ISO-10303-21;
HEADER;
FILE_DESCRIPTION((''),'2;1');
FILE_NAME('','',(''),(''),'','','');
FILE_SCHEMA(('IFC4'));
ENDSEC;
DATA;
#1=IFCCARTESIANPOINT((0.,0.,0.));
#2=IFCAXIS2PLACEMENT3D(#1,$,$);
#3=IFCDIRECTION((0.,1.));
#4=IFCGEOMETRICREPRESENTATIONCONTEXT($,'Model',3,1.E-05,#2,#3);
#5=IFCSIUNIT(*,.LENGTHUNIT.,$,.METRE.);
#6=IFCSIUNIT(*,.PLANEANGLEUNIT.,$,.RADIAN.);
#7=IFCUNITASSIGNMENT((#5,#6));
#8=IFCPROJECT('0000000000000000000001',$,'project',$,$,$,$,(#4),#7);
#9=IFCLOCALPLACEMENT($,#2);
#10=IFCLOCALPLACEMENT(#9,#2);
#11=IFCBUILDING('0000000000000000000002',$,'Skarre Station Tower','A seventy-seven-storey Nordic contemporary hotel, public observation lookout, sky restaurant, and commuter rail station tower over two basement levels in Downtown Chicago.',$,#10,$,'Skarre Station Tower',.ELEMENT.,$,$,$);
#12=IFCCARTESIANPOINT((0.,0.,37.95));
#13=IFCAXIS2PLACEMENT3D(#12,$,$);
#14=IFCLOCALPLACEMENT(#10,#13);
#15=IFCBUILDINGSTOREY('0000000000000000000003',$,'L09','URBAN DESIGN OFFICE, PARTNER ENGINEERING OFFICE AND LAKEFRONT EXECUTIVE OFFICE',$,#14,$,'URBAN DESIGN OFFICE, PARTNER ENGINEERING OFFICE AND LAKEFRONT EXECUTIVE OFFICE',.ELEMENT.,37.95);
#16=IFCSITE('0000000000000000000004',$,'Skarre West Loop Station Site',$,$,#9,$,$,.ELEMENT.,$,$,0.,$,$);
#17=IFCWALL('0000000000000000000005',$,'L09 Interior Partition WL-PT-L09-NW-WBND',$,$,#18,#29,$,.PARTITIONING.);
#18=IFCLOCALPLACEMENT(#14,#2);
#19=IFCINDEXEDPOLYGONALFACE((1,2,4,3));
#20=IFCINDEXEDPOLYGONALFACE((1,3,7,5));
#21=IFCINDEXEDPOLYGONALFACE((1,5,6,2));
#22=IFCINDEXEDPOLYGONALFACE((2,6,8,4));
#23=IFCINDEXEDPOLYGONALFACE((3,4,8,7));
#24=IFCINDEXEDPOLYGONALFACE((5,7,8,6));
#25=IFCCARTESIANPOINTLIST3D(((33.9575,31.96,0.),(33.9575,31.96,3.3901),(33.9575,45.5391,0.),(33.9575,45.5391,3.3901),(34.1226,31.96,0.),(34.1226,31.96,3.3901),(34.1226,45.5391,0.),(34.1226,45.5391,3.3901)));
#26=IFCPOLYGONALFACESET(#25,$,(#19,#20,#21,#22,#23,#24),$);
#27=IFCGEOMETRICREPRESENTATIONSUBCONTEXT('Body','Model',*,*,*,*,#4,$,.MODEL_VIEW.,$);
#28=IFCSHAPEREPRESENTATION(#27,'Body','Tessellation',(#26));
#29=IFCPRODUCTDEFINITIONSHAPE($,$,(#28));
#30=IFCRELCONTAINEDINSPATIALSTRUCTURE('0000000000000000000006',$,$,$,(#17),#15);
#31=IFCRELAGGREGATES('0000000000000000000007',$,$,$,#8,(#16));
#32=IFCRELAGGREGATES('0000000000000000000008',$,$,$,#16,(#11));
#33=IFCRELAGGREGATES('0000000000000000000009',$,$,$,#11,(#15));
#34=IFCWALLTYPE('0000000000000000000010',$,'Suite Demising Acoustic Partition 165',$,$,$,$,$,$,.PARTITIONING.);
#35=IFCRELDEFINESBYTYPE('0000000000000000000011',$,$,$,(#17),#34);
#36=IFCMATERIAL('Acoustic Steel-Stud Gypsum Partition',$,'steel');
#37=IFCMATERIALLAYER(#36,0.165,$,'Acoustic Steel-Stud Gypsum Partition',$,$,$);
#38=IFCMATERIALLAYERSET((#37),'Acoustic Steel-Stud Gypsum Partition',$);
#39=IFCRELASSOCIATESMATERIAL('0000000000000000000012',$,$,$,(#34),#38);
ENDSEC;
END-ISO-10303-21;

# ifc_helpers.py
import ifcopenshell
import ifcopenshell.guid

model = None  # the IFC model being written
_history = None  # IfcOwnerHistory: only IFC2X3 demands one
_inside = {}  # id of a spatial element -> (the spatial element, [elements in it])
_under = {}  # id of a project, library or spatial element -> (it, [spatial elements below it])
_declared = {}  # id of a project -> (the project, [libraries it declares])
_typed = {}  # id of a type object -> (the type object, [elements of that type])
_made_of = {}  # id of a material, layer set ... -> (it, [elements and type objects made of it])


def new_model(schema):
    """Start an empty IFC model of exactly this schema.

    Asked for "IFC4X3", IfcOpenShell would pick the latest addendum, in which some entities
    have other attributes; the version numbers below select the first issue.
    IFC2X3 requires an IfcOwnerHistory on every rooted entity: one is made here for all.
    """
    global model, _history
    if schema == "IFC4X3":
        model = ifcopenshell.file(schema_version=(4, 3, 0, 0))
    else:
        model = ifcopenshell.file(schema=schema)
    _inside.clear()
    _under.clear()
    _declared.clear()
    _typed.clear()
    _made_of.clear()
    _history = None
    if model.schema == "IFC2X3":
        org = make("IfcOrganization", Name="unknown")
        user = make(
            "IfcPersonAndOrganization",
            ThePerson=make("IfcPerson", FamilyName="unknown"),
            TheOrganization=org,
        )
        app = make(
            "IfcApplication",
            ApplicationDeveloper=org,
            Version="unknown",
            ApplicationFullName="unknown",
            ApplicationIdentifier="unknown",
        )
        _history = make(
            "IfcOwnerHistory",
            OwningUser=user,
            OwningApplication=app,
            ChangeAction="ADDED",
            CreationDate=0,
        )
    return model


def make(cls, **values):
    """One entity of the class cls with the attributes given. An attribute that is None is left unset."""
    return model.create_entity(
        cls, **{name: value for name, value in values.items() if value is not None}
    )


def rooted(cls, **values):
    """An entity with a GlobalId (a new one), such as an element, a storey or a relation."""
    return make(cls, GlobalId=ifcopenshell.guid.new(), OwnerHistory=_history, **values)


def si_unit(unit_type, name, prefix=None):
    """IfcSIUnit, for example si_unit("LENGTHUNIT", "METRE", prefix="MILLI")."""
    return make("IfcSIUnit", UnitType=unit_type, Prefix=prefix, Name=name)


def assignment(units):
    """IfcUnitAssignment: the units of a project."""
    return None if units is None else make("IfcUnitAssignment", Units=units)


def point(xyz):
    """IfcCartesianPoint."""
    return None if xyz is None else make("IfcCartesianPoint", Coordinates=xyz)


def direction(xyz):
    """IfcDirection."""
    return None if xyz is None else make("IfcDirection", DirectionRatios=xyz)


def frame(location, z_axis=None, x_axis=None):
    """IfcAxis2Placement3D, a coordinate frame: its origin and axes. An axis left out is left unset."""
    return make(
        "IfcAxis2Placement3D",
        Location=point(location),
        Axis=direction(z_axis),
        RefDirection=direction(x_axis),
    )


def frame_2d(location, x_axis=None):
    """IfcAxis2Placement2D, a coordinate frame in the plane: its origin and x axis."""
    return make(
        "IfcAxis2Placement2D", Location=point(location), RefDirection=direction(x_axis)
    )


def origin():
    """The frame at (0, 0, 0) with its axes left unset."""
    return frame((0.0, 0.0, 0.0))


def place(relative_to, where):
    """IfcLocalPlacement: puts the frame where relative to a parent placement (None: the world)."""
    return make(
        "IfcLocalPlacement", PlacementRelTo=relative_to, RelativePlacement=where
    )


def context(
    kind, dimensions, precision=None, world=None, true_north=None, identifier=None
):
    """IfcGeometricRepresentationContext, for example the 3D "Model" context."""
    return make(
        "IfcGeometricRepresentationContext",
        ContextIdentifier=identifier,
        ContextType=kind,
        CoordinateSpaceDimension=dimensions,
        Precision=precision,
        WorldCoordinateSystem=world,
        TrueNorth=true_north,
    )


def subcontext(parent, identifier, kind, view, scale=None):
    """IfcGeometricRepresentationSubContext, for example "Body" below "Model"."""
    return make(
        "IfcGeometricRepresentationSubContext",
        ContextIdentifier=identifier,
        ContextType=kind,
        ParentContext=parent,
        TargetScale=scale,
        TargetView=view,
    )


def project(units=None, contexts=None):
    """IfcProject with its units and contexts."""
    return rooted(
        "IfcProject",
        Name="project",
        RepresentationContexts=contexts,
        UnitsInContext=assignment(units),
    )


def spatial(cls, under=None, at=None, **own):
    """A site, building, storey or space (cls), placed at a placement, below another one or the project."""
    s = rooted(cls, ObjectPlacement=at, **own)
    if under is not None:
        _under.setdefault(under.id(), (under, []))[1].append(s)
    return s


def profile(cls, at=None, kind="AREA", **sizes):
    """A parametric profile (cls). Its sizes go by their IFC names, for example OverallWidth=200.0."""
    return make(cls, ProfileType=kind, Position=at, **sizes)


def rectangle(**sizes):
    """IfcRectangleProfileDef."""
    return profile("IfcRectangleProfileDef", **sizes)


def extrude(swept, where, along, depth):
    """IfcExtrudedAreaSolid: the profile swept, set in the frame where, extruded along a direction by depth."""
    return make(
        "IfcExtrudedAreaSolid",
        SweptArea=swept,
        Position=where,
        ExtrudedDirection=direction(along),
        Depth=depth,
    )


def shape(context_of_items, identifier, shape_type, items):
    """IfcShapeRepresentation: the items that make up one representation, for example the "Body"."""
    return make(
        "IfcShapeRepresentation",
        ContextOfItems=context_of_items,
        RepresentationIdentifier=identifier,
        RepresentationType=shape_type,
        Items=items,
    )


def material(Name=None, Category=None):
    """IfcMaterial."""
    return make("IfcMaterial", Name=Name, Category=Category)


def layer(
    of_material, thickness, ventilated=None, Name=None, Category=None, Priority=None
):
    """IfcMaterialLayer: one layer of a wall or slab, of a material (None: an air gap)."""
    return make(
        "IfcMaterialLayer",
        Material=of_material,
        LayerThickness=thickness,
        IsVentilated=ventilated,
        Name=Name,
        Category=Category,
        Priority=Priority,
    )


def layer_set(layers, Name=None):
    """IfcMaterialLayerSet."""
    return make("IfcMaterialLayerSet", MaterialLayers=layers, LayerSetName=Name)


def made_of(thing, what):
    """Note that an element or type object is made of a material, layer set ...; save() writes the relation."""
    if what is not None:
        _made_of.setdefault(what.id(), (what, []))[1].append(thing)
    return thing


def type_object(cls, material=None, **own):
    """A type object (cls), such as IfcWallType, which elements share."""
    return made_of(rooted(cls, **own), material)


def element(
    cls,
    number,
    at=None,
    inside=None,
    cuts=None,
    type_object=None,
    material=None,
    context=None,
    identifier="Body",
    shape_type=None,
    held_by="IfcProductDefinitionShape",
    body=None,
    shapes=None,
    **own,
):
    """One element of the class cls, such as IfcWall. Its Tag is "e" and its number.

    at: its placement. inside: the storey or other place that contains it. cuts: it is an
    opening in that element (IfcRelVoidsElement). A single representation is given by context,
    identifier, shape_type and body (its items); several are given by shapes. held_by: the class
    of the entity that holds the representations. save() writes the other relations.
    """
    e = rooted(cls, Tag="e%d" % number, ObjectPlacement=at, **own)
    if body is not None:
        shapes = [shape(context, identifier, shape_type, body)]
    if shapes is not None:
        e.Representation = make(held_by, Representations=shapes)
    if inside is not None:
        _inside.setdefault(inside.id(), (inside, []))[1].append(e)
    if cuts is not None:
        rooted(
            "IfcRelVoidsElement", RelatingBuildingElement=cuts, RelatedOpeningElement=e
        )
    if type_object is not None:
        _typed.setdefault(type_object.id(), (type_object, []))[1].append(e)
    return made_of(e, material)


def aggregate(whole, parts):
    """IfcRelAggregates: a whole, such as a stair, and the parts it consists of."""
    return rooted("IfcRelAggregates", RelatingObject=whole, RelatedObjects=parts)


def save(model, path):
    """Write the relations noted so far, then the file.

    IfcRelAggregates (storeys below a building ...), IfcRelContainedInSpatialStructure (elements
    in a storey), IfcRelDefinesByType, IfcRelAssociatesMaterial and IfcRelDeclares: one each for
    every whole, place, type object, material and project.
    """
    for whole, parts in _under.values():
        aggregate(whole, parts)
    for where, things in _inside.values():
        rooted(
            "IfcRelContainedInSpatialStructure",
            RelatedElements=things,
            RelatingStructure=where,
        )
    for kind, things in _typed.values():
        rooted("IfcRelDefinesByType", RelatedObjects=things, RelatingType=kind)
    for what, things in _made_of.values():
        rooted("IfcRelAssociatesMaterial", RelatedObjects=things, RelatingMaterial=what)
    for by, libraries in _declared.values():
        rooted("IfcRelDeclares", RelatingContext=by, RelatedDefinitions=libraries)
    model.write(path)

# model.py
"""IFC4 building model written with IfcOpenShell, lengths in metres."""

from ifc_helpers import new_model, si_unit, direction, frame, frame_2d, origin, place, context, subcontext, project, spatial, rectangle, extrude, material, layer, layer_set, type_object, element, save


model = new_model("IFC4")

# Units and contexts
model_context = context("Model", 3, precision=1e-05, world=origin(), true_north=direction((0.0, 1.0)))
body_context = subcontext(model_context, "Body", "Model", "MODEL_VIEW")
ifc_project = project(units=[si_unit("LENGTHUNIT", "METRE"), si_unit("PLANEANGLEUNIT", "RADIAN")], contexts=[model_context])

# Site, building, storey
site_placement = place(None, origin())
site = spatial("IfcSite", under=ifc_project, at=site_placement, Name="Skarre West Loop Station Site", CompositionType="ELEMENT", RefElevation=0.0)
building_placement = place(site_placement, origin())
building = spatial("IfcBuilding", under=site, at=building_placement, Name="Skarre Station Tower", Description="A seventy-seven-storey Nordic contemporary hotel, public observation lookout, sky restaurant, and commuter rail station tower over two basement levels in Downtown Chicago.", LongName="Skarre Station Tower", CompositionType="ELEMENT")
storey_placement = place(building_placement, frame((0.0, 0.0, 37.95)))
storey = spatial("IfcBuildingStorey", under=building, at=storey_placement, Name="L09", Description="URBAN DESIGN OFFICE, PARTNER ENGINEERING OFFICE AND LAKEFRONT EXECUTIVE OFFICE", LongName="URBAN DESIGN OFFICE, PARTNER ENGINEERING OFFICE AND LAKEFRONT EXECUTIVE OFFICE", CompositionType="ELEMENT", Elevation=37.95)

# Wall
ifc_material_1 = material(Name="Acoustic Steel-Stud Gypsum Partition", Category="steel")
ifc_layer_1 = layer(ifc_material_1, 0.165, Name="Acoustic Steel-Stud Gypsum Partition")
ifc_layer_set_1 = layer_set([ifc_layer_1], Name="Acoustic Steel-Stud Gypsum Partition")
wall_type_1 = type_object("IfcWallType", Name="Suite Demising Acoustic Partition 165", PredefinedType="PARTITIONING", material=ifc_layer_set_1)
wall_1_placement = place(storey_placement, frame((34.04, 31.96, 0.0), z_axis=(0.0, 0.0, 1.0), x_axis=(0.0, 1.0, 0.0)))
element("IfcWall", 1, at=wall_1_placement, inside=storey, type_object=wall_type_1, Name="L09 Interior Partition WL-PT-L09-NW-WBND", PredefinedType="PARTITIONING", context=body_context, shape_type="SweptSolid", body=[
    extrude(rectangle(XDim=13.5791, YDim=0.165, at=frame_2d((6.7896, 0.0))), origin(), (0.0, 0.0, 1.0), 3.3901),
])

save(model, "model.ifc")
